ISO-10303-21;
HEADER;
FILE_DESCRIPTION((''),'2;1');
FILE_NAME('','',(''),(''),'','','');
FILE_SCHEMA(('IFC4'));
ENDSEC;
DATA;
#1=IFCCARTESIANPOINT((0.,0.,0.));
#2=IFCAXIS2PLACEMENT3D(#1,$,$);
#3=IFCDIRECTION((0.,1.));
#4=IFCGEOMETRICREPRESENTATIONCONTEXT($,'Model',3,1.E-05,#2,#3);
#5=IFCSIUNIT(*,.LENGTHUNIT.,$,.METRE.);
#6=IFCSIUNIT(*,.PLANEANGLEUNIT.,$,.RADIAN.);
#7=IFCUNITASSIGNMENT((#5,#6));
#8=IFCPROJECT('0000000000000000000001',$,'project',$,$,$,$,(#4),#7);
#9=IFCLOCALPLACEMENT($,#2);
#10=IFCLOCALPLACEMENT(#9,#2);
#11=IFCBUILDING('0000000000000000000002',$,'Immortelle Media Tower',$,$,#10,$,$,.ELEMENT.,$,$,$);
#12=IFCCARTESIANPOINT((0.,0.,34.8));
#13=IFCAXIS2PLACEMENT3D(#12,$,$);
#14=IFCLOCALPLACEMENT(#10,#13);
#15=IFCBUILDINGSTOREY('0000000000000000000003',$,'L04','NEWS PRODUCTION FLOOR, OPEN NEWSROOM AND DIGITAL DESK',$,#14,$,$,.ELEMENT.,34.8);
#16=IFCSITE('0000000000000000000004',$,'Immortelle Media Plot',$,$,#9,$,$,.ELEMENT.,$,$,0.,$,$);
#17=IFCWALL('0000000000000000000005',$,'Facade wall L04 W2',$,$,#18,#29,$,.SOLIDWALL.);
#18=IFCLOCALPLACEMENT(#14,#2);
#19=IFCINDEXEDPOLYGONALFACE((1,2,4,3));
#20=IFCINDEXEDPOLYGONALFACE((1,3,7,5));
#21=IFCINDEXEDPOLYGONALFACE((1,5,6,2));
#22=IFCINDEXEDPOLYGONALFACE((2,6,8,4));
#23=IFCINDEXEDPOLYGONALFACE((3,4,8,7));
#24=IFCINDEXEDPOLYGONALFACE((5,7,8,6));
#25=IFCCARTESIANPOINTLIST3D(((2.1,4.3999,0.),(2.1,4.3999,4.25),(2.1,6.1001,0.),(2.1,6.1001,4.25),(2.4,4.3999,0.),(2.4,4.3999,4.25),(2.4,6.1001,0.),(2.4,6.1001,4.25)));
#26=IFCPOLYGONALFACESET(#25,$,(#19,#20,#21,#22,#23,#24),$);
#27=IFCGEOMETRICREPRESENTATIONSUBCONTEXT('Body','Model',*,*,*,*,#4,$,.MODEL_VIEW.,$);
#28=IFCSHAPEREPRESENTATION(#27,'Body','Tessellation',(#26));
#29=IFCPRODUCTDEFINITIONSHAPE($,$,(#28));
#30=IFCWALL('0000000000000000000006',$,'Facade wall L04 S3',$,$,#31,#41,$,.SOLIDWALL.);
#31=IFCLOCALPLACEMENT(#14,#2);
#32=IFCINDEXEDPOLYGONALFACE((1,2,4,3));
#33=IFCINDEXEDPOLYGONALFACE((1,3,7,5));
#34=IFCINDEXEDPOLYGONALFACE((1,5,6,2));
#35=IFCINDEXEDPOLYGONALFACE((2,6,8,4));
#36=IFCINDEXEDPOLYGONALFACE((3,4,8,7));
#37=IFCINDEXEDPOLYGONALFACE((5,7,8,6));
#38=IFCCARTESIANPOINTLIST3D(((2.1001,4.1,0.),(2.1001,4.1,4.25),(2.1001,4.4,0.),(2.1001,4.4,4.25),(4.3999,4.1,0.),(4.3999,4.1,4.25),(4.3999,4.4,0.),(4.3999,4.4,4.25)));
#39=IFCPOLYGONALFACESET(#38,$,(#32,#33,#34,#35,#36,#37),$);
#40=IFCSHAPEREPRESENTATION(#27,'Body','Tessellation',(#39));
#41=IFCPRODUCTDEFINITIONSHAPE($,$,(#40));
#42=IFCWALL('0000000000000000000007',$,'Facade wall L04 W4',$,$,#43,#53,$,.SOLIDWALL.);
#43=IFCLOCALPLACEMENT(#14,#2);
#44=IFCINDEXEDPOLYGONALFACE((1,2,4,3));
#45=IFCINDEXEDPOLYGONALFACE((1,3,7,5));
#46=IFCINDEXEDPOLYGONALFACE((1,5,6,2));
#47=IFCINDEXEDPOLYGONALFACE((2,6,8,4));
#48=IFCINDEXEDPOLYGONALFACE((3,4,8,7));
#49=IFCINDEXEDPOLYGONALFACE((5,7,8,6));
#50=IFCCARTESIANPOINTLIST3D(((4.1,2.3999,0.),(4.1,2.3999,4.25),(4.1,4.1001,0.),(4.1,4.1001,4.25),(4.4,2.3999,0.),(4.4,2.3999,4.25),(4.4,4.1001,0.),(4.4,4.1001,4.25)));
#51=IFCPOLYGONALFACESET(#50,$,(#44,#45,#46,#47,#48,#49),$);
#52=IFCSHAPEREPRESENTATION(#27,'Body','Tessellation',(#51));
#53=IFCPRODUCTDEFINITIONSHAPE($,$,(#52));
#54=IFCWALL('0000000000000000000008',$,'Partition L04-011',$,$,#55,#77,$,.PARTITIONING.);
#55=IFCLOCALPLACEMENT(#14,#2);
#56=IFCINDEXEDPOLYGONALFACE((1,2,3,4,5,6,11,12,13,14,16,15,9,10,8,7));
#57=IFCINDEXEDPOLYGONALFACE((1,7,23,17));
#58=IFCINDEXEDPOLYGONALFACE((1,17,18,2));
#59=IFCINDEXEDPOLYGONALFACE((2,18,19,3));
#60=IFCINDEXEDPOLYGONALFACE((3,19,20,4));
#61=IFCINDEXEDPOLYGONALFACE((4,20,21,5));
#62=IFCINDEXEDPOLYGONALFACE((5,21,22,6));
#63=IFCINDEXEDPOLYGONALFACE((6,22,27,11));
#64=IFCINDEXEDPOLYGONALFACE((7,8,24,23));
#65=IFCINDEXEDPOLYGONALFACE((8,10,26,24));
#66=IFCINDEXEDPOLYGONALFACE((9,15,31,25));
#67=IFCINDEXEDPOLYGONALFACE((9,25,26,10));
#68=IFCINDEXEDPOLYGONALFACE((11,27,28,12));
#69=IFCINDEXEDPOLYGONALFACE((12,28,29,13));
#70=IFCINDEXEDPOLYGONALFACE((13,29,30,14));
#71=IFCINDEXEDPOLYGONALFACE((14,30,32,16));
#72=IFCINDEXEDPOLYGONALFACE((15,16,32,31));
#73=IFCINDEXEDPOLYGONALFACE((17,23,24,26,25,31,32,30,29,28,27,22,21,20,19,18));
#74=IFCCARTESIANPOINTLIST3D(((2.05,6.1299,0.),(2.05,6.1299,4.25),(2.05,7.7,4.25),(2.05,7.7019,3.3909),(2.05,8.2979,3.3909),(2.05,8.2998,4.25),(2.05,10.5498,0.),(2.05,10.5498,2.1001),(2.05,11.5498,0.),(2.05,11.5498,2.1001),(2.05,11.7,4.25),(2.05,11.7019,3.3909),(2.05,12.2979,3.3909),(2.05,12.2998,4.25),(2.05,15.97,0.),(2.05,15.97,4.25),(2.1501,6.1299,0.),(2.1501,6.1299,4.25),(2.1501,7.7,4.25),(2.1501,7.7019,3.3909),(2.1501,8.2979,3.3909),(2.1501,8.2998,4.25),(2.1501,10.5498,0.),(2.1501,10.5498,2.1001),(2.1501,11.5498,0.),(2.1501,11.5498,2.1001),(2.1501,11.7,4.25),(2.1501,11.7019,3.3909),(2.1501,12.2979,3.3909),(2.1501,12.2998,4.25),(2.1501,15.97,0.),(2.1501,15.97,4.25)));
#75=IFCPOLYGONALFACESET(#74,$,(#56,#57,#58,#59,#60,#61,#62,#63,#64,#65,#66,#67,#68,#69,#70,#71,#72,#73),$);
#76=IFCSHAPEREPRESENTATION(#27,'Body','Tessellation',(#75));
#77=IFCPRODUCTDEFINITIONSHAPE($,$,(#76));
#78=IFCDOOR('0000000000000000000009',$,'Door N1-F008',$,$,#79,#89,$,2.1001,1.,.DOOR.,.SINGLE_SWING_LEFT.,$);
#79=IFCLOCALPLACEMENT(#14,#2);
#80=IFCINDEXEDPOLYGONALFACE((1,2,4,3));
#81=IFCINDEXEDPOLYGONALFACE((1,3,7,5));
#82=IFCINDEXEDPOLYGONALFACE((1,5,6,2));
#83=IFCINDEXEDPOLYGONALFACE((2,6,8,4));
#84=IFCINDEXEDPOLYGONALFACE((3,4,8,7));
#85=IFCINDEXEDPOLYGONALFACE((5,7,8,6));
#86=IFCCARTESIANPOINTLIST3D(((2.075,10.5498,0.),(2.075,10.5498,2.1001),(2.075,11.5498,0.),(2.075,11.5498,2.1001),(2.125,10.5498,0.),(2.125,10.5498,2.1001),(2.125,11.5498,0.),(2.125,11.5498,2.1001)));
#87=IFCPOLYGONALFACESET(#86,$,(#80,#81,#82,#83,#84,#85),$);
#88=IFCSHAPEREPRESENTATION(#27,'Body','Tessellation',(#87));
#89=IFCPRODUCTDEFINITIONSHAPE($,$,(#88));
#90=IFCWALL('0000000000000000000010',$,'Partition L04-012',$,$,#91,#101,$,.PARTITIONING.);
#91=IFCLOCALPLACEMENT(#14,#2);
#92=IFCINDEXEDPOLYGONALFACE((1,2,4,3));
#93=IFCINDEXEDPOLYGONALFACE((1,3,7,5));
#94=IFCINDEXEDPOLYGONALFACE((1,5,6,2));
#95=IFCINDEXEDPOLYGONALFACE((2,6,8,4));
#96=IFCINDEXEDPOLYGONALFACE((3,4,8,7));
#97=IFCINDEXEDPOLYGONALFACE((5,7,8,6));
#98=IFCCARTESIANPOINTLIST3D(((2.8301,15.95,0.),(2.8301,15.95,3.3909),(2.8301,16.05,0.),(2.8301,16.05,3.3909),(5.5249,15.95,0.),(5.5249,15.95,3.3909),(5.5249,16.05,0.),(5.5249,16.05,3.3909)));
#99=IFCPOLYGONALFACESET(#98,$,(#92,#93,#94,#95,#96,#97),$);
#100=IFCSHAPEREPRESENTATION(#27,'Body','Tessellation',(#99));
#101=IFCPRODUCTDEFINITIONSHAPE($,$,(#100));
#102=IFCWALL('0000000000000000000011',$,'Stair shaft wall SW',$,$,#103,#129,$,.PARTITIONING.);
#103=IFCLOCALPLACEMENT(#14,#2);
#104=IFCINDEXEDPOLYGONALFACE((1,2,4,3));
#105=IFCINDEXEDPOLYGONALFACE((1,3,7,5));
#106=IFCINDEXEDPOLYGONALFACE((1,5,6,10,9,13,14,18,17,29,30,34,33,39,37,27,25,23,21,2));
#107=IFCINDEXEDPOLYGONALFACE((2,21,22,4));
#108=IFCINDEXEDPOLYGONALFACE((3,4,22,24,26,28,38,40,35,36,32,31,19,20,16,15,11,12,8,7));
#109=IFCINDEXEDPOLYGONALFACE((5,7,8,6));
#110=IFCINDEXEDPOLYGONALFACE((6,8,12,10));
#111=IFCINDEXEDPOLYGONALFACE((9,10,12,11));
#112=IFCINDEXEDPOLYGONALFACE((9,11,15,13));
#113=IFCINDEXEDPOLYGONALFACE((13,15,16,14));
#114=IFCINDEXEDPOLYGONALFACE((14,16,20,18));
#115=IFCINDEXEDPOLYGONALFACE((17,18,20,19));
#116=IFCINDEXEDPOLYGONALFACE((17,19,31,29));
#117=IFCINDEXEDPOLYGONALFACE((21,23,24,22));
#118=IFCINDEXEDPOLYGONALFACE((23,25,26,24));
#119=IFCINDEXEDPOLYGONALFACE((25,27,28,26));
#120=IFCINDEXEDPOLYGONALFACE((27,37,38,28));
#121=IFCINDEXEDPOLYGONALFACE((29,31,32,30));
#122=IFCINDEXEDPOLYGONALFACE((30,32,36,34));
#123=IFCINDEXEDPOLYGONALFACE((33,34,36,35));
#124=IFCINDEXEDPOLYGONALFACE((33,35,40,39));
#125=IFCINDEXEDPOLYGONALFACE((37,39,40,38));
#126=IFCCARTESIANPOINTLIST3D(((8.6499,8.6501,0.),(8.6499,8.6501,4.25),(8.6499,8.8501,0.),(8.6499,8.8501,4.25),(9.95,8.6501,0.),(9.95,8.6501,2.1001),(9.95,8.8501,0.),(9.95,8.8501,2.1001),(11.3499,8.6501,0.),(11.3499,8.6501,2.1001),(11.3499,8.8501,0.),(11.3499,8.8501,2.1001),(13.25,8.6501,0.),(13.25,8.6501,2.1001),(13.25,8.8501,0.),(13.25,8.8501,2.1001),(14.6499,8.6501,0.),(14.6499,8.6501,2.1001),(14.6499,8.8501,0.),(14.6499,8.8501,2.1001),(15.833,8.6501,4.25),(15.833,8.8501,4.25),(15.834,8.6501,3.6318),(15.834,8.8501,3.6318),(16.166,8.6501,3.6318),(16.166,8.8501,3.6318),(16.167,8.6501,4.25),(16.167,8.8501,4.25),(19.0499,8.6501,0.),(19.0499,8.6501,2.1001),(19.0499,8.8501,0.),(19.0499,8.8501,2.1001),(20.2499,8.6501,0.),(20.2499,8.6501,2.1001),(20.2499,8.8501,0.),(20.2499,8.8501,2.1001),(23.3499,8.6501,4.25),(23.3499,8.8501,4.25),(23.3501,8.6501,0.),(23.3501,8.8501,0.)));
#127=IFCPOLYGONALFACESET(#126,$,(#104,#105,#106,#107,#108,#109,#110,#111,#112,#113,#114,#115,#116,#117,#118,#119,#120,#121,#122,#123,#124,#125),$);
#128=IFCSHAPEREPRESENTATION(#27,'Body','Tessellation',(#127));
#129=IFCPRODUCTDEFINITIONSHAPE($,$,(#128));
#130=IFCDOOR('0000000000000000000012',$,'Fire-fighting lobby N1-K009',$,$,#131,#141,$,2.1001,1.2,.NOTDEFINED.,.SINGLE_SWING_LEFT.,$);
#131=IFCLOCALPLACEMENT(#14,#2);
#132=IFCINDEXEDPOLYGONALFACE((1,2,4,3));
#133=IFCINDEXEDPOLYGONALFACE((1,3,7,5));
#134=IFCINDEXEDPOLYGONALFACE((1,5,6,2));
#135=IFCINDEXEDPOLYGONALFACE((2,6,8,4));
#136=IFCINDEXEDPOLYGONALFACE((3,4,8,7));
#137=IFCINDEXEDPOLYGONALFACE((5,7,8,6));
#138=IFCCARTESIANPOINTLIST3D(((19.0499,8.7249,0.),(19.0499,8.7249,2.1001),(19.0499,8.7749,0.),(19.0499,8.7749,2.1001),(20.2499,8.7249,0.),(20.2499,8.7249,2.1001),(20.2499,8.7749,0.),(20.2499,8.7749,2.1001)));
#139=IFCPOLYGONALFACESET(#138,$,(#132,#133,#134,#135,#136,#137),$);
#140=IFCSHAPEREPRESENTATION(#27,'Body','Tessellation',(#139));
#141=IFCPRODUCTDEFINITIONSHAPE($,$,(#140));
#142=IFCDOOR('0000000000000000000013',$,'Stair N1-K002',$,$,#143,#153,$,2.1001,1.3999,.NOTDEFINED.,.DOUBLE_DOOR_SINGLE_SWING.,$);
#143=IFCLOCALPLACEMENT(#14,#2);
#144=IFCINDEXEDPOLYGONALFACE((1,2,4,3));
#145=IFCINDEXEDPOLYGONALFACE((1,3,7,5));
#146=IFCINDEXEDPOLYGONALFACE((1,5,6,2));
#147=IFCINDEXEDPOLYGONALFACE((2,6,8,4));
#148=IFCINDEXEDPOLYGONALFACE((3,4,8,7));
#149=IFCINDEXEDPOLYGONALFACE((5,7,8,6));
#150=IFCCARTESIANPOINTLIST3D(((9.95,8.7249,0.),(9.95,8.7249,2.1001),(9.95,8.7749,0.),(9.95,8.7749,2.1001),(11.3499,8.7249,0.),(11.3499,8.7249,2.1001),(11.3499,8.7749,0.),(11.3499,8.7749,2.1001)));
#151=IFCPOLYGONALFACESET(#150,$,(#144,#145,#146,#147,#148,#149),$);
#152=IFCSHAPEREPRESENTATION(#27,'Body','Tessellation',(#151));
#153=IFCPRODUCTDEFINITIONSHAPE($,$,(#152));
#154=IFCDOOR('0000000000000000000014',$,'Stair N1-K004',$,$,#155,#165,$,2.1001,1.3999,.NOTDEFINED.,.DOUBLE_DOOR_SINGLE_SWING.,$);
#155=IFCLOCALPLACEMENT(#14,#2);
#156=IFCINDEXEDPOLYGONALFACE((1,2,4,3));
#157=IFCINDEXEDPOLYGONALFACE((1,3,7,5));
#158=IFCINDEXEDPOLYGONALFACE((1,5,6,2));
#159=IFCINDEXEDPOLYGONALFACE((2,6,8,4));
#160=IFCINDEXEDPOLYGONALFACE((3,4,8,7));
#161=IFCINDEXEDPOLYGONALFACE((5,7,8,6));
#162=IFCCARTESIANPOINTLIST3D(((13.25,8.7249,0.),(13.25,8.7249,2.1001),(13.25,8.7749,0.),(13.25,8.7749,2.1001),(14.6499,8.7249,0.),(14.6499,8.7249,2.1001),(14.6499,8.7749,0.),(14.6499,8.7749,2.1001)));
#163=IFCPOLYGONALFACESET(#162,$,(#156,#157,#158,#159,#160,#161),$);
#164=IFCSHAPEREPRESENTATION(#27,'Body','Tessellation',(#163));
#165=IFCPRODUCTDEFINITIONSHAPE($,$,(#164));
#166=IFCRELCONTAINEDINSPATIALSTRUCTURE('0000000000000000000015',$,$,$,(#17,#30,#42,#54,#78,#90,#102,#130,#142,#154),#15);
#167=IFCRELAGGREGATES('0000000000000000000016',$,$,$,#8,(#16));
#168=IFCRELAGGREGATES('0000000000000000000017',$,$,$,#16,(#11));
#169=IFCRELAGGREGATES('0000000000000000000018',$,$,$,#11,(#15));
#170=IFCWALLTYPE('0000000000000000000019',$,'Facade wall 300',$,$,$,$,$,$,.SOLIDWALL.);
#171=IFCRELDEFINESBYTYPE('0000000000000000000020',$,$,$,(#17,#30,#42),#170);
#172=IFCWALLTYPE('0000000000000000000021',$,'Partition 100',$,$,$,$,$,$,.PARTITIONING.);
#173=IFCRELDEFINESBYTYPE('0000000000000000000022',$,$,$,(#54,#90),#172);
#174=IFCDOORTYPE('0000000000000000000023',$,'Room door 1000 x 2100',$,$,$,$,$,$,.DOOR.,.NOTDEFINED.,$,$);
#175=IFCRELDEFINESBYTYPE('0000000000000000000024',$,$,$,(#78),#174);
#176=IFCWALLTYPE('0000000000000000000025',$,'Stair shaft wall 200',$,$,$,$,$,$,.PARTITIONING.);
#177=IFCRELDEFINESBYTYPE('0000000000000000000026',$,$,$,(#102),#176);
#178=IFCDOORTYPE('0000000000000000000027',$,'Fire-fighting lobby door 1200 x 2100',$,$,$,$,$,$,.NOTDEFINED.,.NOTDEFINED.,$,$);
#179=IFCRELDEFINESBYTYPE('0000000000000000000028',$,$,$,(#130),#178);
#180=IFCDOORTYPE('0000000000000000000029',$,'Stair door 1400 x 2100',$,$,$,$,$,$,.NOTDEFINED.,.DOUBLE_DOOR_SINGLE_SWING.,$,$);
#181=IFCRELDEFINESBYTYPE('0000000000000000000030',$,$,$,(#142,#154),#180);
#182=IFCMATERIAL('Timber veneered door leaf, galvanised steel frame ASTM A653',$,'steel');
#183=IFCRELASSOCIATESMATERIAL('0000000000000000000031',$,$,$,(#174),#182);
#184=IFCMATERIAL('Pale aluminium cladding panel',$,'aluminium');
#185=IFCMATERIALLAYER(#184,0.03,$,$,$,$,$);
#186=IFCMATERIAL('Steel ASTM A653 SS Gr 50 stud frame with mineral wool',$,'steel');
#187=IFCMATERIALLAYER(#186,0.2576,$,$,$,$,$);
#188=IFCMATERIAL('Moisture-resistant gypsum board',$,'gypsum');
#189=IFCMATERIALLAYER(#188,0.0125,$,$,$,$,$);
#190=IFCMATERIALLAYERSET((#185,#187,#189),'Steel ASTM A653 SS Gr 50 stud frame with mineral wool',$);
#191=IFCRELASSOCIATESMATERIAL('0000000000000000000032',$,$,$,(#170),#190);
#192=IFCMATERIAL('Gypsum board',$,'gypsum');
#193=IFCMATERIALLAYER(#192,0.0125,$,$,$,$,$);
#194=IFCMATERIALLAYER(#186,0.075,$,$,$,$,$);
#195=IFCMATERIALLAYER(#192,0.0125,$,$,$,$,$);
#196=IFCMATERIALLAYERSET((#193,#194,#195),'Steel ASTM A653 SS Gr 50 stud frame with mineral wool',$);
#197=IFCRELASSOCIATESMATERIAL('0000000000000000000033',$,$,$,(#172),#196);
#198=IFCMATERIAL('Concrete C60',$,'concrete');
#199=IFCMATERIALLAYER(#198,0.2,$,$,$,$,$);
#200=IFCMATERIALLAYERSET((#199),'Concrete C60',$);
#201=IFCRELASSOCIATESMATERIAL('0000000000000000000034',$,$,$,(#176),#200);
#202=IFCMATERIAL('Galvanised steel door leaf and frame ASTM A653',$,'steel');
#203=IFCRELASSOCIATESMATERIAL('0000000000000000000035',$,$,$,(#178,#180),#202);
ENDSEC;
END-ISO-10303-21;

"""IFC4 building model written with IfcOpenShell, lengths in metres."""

from ifc_helpers import new_model, si_unit, direction, frame, frame_2d, origin, place, context, subcontext, project, spatial, polyline, rectangle, outline, extrude, material, layer, layer_set, type_object, element, fill, save


model = new_model("IFC4")

# Units and contexts
model_context = context("Model", 3, precision=1e-05, world=origin(), true_north=direction((0.0, 1.0)))
body_context = subcontext(model_context, "Body", "Model", "MODEL_VIEW")
ifc_project = project(units=[si_unit("LENGTHUNIT", "METRE"), si_unit("PLANEANGLEUNIT", "RADIAN")], contexts=[model_context])

# Site, building, storey
site_placement = place(None, origin())
site = spatial("IfcSite", under=ifc_project, at=site_placement, Name="Immortelle Media Plot", CompositionType="ELEMENT", RefElevation=0.0)
building_placement = place(site_placement, origin())
building = spatial("IfcBuilding", under=site, at=building_placement, Name="Immortelle Media Tower", CompositionType="ELEMENT")
storey_placement = place(building_placement, frame((0.0, 0.0, 34.8)))
storey = spatial("IfcBuildingStorey", under=building, at=storey_placement, Name="L04", Description="NEWS PRODUCTION FLOOR, OPEN NEWSROOM AND DIGITAL DESK", CompositionType="ELEMENT", Elevation=34.8)

# Shared definitions
ifc_material_1 = material(Name="Steel ASTM A653 SS Gr 50 stud frame with mineral wool", Category="steel")
ifc_material_2 = material(Name="Timber veneered door leaf, galvanised steel frame ASTM A653", Category="steel")
door_type_1 = type_object("IfcDoorType", Name="Room door 1000 x 2100", OperationType="NOTDEFINED", PredefinedType="DOOR", material=ifc_material_2)

# Walls
ifc_material_3 = material(Name="Pale aluminium cladding panel", Category="aluminium")
ifc_layer_1 = layer(ifc_material_3, 0.03)
ifc_layer_2 = layer(ifc_material_1, 0.2576)
ifc_material_4 = material(Name="Moisture-resistant gypsum board", Category="gypsum")
ifc_layer_3 = layer(ifc_material_4, 0.0125)
ifc_layer_set_1 = layer_set([ifc_layer_1, ifc_layer_2, ifc_layer_3], Name="Steel ASTM A653 SS Gr 50 stud frame with mineral wool")
wall_type_1 = type_object("IfcWallType", Name="Facade wall 300", PredefinedType="SOLIDWALL", material=ifc_layer_set_1)
wall_1_placement = place(storey_placement, frame((2.25, 6.1001, 0.0), z_axis=(0.0, 0.0, 1.0), x_axis=(0.0, -1.0, 0.0)))
element("IfcWall", 1, at=wall_1_placement, inside=storey, type_object=wall_type_1, Name="Facade wall L04 W2", PredefinedType="SOLIDWALL", context=body_context, shape_type="SweptSolid", body=[
    extrude(rectangle(XDim=1.7002, YDim=0.3, at=frame_2d((0.8501, 0.0))), origin(), (0.0, 0.0, 1.0), 4.25),
])
wall_2_placement = place(storey_placement, frame((2.1001, 4.25, 0.0), z_axis=(0.0, 0.0, 1.0), x_axis=(1.0, 0.0, 0.0)))
element("IfcWall", 2, at=wall_2_placement, inside=storey, type_object=wall_type_1, Name="Facade wall L04 S3", PredefinedType="SOLIDWALL", context=body_context, shape_type="SweptSolid", body=[
    extrude(rectangle(XDim=2.2998, YDim=0.3, at=frame_2d((1.1499, 0.0))), origin(), (0.0, 0.0, 1.0), 4.25),
])
wall_3_placement = place(storey_placement, frame((4.25, 4.1001, 0.0), z_axis=(0.0, 0.0, 1.0), x_axis=(0.0, -1.0, 0.0)))
element("IfcWall", 3, at=wall_3_placement, inside=storey, type_object=wall_type_1, Name="Facade wall L04 W4", PredefinedType="SOLIDWALL", context=body_context, shape_type="SweptSolid", body=[
    extrude(rectangle(XDim=1.7002, YDim=0.3, at=frame_2d((0.8501, 0.0))), origin(), (0.0, 0.0, 1.0), 4.25),
])

# Wall, opening, door
ifc_material_5 = material(Name="Gypsum board", Category="gypsum")
ifc_layer_4 = layer(ifc_material_5, 0.0125)
ifc_layer_5 = layer(ifc_material_1, 0.075)
ifc_layer_6 = layer(ifc_material_5, 0.0125)
ifc_layer_set_2 = layer_set([ifc_layer_4, ifc_layer_5, ifc_layer_6], Name="Steel ASTM A653 SS Gr 50 stud frame with mineral wool")
wall_type_2 = type_object("IfcWallType", Name="Partition 100", PredefinedType="PARTITIONING", material=ifc_layer_set_2)
wall_4_placement = place(storey_placement, frame((2.1001, 6.1299, 0.0), z_axis=(0.0, 0.0, 1.0), x_axis=(0.0, 1.0, 0.0)))
wall_4 = element("IfcWall", 4, at=wall_4_placement, inside=storey, type_object=wall_type_2, Name="Partition L04-011", PredefinedType="PARTITIONING", context=body_context, shape_type="SweptSolid", body=[
    extrude(outline(polyline([(0.0, 0.0), (9.8401, 0.0), (9.8401, 4.25), (6.1699, 4.25), (6.168, 3.3909), (5.572, 3.3909), (5.5701, 4.25), (2.1699, 4.25), (2.168, 3.3909), (1.572, 3.3909), (1.5701, 4.25), (0.0, 4.25), (0.0, 0.0)])), frame((0.0, 0.05, 0.0), z_axis=(0.0, -1.0, 0.0), x_axis=(1.0, 0.0, 0.0)), (0.0, 0.0, 1.0), 0.1001),
])
opening_1_placement = place(wall_4_placement, frame((5.4199, 0.0, 0.0), z_axis=(0.0, 0.0, 1.0), x_axis=(-1.0, 0.0, 0.0)))
opening_1 = element("IfcOpeningElement", 5, at=opening_1_placement, cuts=wall_4, PredefinedType="OPENING", context=body_context, shape_type="SweptSolid", body=[
    extrude(rectangle(XDim=1.0, YDim=2.1001, at=frame_2d((0.5, 1.05))), frame((0.0, 0.0601, 0.0), z_axis=(0.0, -1.0, 0.0), x_axis=(1.0, 0.0, 0.0)), (0.0, 0.0, 1.0), 0.1201),
])
door_1_placement = place(opening_1_placement, origin())
door_1 = element("IfcDoor", 6, at=door_1_placement, inside=storey, type_object=door_type_1, Name="Door N1-F008", OperationType="SINGLE_SWING_LEFT", OverallHeight=2.1001, OverallWidth=1.0, PredefinedType="DOOR", context=body_context, shape_type="SweptSolid", body=[
    extrude(rectangle(XDim=1.0, YDim=2.1001, at=frame_2d((0.5, 1.05))), frame((0.0, 0.0249, 0.0), z_axis=(0.0, -1.0, 0.0), x_axis=(1.0, 0.0, 0.0)), (0.0, 0.0, 1.0), 0.05),
])
fill(opening_1, door_1)

# Wall
wall_5_placement = place(storey_placement, frame((2.8301, 16.0, 0.0), z_axis=(0.0, 0.0, 1.0), x_axis=(1.0, 0.0, 0.0)))
element("IfcWall", 7, at=wall_5_placement, inside=storey, type_object=wall_type_2, Name="Partition L04-012", PredefinedType="PARTITIONING", context=body_context, shape_type="SweptSolid", body=[
    extrude(rectangle(XDim=2.6948, YDim=0.1001, at=frame_2d((1.3474, 0.0))), origin(), (0.0, 0.0, 1.0), 3.3909),
])

# Wall, openings, doors
ifc_material_6 = material(Name="Concrete C60", Category="concrete")
ifc_layer_7 = layer(ifc_material_6, 0.2)
ifc_layer_set_3 = layer_set([ifc_layer_7], Name="Concrete C60")
wall_type_3 = type_object("IfcWallType", Name="Stair shaft wall 200", PredefinedType="PARTITIONING", material=ifc_layer_set_3)
wall_6_placement = place(storey_placement, frame((8.6499, 8.75, 0.0), z_axis=(0.0, 0.0, 1.0), x_axis=(1.0, 0.0, 0.0)))
wall_6 = element("IfcWall", 8, at=wall_6_placement, inside=storey, type_object=wall_type_3, Name="Stair shaft wall SW", PredefinedType="PARTITIONING", context=body_context, shape_type="SweptSolid", body=[
    extrude(outline(polyline([(0.0, 0.0), (14.7002, 0.0), (14.7, 4.25), (7.5171, 4.25), (7.5161, 3.6318), (7.1841, 3.6318), (7.1831, 4.25), (0.0, 4.25), (0.0, 0.0)])), frame((0.0, 0.1001, 0.0), z_axis=(0.0, -1.0, 0.0), x_axis=(1.0, 0.0, 0.0)), (0.0, 0.0, 1.0), 0.2),
])
opening_2_placement = place(wall_6_placement, frame((1.3, 0.0, 0.0)))
opening_2 = element("IfcOpeningElement", 9, at=opening_2_placement, cuts=wall_6, PredefinedType="OPENING", context=body_context, shape_type="SweptSolid", body=[
    extrude(rectangle(XDim=1.3999, YDim=2.1001, at=frame_2d((0.7, 1.05))), frame((0.0, 0.1099, 0.0), z_axis=(0.0, -1.0, 0.0), x_axis=(1.0, 0.0, 0.0)), (0.0, 0.0, 1.0), 0.22),
])
opening_3_placement = place(wall_6_placement, frame((4.6001, 0.0, 0.0)))
opening_3 = element("IfcOpeningElement", 10, at=opening_3_placement, cuts=wall_6, PredefinedType="OPENING", context=body_context, shape_type="SweptSolid", body=[
    extrude(rectangle(XDim=1.3999, YDim=2.1001, at=frame_2d((0.7, 1.05))), frame((0.0, 0.1099, 0.0), z_axis=(0.0, -1.0, 0.0), x_axis=(1.0, 0.0, 0.0)), (0.0, 0.0, 1.0), 0.22),
])
opening_4_placement = place(wall_6_placement, frame((10.3999, 0.0, 0.0)))
opening_4 = element("IfcOpeningElement", 11, at=opening_4_placement, cuts=wall_6, PredefinedType="OPENING", context=body_context, shape_type="SweptSolid", body=[
    extrude(rectangle(XDim=1.2, YDim=2.1001, at=frame_2d((0.6001, 1.05))), frame((0.0, 0.1099, 0.0), z_axis=(0.0, -1.0, 0.0), x_axis=(1.0, 0.0, 0.0)), (0.0, 0.0, 1.0), 0.22),
])
ifc_material_7 = material(Name="Galvanised steel door leaf and frame ASTM A653", Category="steel")
door_type_2 = type_object("IfcDoorType", Name="Fire-fighting lobby door 1200 x 2100", OperationType="NOTDEFINED", PredefinedType="NOTDEFINED", material=ifc_material_7)
door_2_placement = place(opening_4_placement, origin())
door_2 = element("IfcDoor", 12, at=door_2_placement, inside=storey, type_object=door_type_2, Name="Fire-fighting lobby N1-K009", OperationType="SINGLE_SWING_LEFT", OverallHeight=2.1001, OverallWidth=1.2, PredefinedType="NOTDEFINED", context=body_context, shape_type="SweptSolid", body=[
    extrude(rectangle(XDim=1.2, YDim=2.1001, at=frame_2d((0.6001, 1.05))), frame((0.0, 0.0249, 0.0), z_axis=(0.0, -1.0, 0.0), x_axis=(1.0, 0.0, 0.0)), (0.0, 0.0, 1.0), 0.05),
])
fill(opening_4, door_2)
door_type_3 = type_object("IfcDoorType", Name="Stair door 1400 x 2100", OperationType="DOUBLE_DOOR_SINGLE_SWING", PredefinedType="NOTDEFINED", material=ifc_material_7)
door_3_placement = place(opening_2_placement, origin())
door_3 = element("IfcDoor", 13, at=door_3_placement, inside=storey, type_object=door_type_3, Name="Stair N1-K002", OperationType="DOUBLE_DOOR_SINGLE_SWING", OverallHeight=2.1001, OverallWidth=1.3999, PredefinedType="NOTDEFINED", context=body_context, shape_type="SweptSolid", body=[
    extrude(rectangle(XDim=1.3999, YDim=2.1001, at=frame_2d((0.7, 1.05))), frame((0.0, 0.0249, 0.0), z_axis=(0.0, -1.0, 0.0), x_axis=(1.0, 0.0, 0.0)), (0.0, 0.0, 1.0), 0.05),
])
fill(opening_2, door_3)
door_4_placement = place(opening_3_placement, origin())
door_4 = element("IfcDoor", 14, at=door_4_placement, inside=storey, type_object=door_type_3, Name="Stair N1-K004", OperationType="DOUBLE_DOOR_SINGLE_SWING", OverallHeight=2.1001, OverallWidth=1.3999, PredefinedType="NOTDEFINED", context=body_context, shape_type="SweptSolid", body=[
    extrude(rectangle(XDim=1.3999, YDim=2.1001, at=frame_2d((0.7, 1.05))), frame((0.0, 0.0249, 0.0), z_axis=(0.0, -1.0, 0.0), x_axis=(1.0, 0.0, 0.0)), (0.0, 0.0, 1.0), 0.05),
])
fill(opening_3, door_4)

save(model, "model.ifc")
